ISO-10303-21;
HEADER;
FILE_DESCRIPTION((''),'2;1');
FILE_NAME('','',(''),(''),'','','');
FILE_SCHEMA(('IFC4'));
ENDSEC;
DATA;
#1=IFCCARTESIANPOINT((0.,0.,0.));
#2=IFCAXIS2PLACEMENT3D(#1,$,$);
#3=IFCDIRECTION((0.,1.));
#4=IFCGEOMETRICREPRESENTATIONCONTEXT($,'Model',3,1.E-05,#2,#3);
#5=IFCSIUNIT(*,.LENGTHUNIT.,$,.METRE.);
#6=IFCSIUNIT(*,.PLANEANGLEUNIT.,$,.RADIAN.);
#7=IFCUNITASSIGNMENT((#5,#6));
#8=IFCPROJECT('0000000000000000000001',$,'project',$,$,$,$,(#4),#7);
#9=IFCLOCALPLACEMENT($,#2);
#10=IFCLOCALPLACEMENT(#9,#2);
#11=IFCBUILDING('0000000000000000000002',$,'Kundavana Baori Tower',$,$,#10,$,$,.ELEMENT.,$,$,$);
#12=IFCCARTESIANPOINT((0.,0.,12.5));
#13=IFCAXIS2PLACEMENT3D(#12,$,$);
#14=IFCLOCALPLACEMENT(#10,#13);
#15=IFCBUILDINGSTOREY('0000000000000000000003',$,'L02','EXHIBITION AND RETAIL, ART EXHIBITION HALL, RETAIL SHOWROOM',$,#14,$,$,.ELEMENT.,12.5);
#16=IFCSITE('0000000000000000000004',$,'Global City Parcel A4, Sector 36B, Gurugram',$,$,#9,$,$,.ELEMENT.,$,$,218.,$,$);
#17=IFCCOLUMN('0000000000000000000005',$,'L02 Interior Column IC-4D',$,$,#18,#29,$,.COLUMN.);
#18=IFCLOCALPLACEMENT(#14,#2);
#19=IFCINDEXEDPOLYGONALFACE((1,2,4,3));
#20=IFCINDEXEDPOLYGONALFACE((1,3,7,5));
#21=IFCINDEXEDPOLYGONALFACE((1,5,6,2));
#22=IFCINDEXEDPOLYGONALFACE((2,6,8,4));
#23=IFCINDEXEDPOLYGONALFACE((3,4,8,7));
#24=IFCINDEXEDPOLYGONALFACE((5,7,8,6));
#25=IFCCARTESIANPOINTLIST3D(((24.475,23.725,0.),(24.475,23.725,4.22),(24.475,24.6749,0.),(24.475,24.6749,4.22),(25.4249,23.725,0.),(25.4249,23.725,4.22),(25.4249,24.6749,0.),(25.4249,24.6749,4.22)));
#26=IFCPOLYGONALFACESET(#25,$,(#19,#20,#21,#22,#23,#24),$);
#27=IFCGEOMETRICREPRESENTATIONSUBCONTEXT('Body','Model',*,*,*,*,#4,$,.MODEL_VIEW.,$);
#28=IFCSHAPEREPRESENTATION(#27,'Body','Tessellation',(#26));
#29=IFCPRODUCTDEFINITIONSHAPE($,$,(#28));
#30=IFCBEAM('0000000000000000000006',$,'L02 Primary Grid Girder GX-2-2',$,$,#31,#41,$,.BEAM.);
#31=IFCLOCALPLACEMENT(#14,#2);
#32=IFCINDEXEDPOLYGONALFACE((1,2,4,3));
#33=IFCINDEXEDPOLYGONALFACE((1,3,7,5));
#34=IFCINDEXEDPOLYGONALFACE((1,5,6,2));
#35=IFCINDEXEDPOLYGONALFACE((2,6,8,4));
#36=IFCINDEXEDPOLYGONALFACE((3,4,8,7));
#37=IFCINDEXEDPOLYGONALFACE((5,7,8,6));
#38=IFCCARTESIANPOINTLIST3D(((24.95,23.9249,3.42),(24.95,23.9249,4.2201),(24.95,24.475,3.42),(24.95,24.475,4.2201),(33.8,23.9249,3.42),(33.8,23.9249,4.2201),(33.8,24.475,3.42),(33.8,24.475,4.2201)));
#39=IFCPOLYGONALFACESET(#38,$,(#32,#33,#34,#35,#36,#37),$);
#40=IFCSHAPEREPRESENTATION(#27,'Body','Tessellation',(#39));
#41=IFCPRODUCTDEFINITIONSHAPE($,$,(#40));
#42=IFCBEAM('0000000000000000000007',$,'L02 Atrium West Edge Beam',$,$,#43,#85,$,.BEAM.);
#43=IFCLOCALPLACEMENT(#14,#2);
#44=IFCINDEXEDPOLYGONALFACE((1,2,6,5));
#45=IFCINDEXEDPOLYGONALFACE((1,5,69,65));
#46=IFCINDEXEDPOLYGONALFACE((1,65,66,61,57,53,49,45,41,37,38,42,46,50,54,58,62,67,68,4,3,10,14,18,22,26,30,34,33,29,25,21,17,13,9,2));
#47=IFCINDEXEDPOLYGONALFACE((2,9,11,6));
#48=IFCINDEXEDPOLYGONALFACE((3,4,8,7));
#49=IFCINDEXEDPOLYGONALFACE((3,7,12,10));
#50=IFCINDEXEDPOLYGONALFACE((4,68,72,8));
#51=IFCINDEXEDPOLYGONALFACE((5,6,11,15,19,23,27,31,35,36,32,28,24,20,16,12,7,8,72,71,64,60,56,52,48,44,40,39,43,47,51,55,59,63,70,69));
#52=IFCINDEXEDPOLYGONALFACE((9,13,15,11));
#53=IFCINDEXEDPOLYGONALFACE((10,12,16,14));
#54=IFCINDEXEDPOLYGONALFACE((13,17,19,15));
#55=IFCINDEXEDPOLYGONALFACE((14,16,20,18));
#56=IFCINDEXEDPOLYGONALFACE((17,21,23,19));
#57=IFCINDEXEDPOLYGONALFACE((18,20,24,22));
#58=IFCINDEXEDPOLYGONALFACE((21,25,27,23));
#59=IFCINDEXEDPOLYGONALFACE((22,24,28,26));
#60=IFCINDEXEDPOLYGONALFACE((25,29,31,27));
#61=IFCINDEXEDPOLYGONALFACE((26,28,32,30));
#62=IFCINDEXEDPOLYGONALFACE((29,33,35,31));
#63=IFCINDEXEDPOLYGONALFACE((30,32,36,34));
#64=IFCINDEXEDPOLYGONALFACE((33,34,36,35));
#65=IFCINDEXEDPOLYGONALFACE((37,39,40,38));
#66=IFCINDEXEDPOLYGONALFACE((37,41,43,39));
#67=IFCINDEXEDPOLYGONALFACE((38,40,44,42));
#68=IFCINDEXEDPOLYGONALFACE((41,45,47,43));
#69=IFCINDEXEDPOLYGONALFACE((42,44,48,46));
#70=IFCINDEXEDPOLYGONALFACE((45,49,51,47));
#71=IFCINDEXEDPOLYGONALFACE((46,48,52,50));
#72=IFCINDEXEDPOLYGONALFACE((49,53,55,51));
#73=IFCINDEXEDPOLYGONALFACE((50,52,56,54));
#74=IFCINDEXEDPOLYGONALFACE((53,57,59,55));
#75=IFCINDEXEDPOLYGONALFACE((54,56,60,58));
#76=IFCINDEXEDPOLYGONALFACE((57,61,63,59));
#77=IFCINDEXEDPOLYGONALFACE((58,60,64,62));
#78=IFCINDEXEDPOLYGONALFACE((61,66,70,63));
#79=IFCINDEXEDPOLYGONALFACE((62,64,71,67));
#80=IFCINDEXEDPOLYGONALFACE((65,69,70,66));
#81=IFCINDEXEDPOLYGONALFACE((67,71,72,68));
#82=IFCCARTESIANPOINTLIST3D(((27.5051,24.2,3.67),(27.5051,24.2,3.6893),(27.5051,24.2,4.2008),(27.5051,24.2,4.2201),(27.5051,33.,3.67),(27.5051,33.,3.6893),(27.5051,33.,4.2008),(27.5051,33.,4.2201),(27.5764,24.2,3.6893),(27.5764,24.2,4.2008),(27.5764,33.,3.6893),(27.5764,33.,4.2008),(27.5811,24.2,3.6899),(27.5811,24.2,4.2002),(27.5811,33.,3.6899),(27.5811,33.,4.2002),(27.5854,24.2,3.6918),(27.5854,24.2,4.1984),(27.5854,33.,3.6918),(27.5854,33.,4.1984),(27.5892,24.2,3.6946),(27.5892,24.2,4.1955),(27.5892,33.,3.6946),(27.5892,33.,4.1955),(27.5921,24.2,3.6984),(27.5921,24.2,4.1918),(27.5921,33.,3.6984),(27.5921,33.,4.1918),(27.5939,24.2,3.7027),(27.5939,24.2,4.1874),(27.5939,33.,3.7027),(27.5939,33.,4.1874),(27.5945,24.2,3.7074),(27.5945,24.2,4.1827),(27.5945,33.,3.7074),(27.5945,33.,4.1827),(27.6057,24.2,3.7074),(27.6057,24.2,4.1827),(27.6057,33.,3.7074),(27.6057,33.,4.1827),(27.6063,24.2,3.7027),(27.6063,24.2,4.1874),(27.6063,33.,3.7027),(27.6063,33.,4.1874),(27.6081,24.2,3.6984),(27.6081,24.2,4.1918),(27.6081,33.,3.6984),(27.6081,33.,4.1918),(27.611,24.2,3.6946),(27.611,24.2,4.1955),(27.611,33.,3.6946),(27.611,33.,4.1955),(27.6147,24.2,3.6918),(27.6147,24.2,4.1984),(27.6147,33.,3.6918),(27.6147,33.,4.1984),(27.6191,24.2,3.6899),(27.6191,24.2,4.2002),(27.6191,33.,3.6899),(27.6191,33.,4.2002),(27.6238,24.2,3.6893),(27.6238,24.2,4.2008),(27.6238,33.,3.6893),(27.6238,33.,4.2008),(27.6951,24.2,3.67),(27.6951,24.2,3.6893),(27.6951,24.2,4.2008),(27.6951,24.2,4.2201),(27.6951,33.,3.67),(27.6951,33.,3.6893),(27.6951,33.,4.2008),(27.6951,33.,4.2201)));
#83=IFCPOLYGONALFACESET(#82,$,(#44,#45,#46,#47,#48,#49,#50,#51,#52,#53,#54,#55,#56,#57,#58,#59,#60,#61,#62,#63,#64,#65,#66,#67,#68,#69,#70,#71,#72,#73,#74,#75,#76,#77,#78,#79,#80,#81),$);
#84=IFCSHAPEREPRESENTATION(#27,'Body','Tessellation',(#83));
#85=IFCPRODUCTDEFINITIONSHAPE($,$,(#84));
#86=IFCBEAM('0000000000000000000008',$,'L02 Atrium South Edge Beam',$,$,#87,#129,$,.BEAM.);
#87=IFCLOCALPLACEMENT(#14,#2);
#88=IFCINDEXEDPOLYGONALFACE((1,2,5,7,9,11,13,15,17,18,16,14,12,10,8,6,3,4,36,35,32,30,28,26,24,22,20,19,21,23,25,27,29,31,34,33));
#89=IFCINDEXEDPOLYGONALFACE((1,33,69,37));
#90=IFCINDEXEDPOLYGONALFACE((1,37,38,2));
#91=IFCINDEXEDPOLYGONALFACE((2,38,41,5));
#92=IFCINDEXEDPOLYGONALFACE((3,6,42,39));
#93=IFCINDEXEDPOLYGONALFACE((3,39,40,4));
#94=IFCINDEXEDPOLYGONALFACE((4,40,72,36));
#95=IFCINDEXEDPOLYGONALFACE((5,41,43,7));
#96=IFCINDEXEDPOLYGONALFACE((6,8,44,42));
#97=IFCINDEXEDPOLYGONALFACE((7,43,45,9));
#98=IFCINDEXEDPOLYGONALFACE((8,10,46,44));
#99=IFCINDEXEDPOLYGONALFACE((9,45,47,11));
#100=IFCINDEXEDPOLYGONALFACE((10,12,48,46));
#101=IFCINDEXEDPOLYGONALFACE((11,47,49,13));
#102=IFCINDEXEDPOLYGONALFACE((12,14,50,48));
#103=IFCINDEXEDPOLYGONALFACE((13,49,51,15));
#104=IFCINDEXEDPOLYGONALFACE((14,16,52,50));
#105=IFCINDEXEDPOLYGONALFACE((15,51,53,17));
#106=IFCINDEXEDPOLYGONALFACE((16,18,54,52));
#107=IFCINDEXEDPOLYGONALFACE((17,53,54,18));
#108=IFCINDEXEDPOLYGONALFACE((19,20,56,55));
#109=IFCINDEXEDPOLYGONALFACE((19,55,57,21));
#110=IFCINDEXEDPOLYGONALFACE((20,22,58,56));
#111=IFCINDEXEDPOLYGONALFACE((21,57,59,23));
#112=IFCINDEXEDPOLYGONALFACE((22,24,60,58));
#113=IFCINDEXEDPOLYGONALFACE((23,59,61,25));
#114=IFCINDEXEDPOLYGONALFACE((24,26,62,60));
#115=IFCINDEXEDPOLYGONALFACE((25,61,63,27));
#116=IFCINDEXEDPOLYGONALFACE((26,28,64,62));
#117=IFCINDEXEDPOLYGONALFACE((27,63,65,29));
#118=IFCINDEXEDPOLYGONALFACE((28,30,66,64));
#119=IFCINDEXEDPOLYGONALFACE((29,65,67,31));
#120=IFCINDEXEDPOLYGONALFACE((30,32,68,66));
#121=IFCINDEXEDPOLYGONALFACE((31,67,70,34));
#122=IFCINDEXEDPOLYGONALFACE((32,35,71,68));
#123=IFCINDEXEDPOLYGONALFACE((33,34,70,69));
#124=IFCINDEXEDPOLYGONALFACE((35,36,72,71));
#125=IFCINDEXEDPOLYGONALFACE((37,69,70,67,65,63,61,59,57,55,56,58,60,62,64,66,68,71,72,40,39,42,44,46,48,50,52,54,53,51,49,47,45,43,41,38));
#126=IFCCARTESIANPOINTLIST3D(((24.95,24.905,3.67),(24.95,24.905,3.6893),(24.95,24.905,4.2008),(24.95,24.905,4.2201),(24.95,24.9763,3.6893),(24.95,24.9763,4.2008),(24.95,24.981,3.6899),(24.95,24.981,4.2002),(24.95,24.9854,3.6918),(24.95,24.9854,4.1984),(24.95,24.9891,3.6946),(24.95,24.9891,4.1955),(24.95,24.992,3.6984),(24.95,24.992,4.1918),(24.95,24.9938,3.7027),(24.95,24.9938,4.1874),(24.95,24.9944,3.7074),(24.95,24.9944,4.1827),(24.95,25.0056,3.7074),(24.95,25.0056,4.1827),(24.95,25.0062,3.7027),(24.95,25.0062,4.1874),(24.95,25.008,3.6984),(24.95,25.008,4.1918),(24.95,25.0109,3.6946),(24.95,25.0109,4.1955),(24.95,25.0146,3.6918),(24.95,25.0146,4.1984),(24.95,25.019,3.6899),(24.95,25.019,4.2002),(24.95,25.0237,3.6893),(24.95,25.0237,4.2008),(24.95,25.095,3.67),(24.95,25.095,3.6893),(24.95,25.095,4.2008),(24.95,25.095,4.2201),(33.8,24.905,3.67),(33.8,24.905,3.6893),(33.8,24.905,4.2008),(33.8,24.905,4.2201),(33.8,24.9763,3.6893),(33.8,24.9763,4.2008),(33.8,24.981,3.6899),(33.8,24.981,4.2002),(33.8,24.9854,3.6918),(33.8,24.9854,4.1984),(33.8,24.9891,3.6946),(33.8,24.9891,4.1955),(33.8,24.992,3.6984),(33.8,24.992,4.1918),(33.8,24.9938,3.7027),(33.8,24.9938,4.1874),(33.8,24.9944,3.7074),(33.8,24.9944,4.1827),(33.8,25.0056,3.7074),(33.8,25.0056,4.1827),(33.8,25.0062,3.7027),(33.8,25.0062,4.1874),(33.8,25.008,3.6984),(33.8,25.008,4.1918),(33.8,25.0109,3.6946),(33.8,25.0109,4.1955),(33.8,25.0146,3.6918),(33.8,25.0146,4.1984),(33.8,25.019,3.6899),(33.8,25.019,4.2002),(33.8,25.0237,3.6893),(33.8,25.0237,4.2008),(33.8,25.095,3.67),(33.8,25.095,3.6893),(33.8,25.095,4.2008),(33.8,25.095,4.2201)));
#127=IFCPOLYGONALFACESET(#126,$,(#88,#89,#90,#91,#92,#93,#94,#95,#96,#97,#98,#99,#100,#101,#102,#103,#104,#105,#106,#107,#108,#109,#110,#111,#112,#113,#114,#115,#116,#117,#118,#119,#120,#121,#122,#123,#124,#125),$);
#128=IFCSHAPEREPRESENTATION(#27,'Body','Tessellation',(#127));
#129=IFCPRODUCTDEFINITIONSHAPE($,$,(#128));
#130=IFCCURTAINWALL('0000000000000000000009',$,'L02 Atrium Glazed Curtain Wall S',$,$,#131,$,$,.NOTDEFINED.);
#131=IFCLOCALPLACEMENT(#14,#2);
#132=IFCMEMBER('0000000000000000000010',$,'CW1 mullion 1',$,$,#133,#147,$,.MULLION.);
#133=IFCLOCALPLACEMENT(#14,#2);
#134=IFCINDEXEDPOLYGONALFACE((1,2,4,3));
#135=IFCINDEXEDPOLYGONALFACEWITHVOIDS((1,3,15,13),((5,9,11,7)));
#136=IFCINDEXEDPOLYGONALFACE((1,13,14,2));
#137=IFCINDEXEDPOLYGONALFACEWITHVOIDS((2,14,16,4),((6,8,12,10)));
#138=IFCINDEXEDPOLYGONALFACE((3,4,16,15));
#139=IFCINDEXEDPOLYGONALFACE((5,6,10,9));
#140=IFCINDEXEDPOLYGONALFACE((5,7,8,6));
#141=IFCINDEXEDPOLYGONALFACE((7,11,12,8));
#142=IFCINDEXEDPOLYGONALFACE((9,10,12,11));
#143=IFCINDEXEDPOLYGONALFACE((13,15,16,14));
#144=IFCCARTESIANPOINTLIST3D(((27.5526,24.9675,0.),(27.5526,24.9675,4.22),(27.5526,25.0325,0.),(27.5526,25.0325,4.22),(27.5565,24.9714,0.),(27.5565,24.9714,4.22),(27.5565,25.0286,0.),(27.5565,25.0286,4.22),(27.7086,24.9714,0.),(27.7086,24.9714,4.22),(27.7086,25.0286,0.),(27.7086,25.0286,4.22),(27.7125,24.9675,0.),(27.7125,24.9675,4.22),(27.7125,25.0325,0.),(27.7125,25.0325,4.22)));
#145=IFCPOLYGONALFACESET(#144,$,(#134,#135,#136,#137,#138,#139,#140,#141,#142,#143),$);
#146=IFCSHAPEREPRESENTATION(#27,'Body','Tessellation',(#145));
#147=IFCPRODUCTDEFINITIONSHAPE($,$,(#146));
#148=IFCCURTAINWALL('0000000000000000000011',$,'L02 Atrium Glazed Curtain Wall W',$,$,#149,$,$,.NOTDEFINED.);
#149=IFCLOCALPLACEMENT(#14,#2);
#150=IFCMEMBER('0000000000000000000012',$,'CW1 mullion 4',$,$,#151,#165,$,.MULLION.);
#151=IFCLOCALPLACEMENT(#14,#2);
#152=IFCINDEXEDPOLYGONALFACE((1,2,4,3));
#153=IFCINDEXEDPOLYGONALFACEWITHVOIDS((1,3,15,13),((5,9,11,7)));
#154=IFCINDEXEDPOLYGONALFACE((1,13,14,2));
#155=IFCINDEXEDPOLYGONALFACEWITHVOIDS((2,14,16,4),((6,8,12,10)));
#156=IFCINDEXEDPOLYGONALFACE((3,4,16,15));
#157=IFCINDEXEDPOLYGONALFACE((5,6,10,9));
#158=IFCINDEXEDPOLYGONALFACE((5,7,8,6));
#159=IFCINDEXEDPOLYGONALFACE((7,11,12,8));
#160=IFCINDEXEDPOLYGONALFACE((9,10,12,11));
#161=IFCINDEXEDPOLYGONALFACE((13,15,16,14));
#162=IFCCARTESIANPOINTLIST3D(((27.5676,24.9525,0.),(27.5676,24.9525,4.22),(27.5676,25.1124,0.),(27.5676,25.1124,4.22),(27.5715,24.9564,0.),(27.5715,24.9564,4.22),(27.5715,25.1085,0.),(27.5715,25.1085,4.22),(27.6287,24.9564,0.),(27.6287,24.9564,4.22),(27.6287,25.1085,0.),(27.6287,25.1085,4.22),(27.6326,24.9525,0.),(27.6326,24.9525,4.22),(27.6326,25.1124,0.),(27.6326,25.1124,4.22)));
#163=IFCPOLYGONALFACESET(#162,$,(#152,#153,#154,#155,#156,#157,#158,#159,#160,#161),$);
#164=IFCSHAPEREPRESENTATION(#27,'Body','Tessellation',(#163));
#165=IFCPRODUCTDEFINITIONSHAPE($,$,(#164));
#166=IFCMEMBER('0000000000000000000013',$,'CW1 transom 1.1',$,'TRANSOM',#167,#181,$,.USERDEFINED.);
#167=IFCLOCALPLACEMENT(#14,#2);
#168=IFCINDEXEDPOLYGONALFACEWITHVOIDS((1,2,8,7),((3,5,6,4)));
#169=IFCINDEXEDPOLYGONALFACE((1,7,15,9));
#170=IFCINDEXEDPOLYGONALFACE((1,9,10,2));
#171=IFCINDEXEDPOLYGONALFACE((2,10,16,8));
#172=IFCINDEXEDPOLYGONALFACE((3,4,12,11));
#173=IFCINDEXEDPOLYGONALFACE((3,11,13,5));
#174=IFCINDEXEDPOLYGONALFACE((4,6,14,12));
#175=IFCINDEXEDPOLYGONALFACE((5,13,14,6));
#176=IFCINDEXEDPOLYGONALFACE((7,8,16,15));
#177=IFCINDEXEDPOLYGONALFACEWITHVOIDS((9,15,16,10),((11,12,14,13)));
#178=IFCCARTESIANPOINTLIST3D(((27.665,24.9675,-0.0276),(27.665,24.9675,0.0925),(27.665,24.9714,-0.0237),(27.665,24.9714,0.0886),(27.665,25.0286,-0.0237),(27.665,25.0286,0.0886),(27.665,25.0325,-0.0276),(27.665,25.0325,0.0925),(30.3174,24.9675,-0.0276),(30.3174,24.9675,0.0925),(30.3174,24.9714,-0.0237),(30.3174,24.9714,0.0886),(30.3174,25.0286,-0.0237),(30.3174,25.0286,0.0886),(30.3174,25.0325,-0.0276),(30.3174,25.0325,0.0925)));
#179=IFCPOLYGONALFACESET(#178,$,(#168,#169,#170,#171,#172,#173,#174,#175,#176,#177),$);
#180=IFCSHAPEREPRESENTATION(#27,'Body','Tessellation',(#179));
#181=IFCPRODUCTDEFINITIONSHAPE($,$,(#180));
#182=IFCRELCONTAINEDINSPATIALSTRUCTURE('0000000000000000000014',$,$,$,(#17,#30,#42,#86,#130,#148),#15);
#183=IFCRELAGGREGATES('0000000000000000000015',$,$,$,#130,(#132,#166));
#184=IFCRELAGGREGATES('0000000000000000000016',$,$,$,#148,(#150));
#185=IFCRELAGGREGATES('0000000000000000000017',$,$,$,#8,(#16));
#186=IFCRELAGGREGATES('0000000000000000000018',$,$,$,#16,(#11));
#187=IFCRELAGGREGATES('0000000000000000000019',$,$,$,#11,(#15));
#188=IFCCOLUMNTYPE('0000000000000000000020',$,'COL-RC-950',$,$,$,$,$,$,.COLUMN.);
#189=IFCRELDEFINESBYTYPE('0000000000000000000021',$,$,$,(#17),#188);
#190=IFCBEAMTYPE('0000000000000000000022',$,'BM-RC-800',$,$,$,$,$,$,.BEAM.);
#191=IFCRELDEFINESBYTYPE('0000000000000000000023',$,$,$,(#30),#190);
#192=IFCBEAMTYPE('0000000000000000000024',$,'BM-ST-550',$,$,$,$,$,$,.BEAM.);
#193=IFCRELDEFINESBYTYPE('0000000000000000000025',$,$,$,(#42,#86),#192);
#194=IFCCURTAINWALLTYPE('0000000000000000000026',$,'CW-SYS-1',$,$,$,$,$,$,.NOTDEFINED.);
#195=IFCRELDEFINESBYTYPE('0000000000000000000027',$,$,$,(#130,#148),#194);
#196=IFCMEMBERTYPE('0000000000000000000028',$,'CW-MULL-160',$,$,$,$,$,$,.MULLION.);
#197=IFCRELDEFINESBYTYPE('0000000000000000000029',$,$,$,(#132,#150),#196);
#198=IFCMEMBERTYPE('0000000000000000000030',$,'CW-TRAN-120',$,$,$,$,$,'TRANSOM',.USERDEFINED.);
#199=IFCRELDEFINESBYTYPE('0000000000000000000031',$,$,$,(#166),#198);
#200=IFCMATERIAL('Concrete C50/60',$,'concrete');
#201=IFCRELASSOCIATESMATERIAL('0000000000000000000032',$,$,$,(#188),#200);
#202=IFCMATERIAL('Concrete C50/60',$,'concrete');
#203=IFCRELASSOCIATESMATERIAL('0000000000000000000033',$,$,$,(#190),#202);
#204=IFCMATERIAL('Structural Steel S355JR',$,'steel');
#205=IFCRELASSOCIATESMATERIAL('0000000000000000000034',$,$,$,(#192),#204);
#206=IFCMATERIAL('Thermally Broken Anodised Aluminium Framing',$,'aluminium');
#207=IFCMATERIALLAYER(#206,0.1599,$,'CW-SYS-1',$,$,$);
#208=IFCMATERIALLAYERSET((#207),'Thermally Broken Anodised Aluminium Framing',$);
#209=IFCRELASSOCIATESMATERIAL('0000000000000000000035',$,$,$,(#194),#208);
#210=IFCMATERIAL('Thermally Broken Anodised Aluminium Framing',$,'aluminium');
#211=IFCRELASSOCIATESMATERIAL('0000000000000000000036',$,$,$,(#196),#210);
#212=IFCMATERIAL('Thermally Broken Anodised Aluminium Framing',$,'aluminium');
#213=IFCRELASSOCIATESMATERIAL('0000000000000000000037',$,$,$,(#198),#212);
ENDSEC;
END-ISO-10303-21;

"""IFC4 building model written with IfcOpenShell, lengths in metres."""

from ifc_helpers import new_model, si_unit, direction, frame, origin, origin_2d, place, context, subcontext, project, spatial, rectangle, hollow_rectangle, i_section, extrude, material, layer, layer_set, material_profile, profile_set, type_object, element, aggregate, save


model = new_model("IFC4")

# Units and contexts
model_context = context("Model", 3, precision=1e-05, world=origin(), true_north=direction((0.0, 1.0)))
body_context = subcontext(model_context, "Body", "Model", "MODEL_VIEW")
ifc_project = project(units=[si_unit("LENGTHUNIT", "METRE"), si_unit("PLANEANGLEUNIT", "RADIAN")], contexts=[model_context])

# Site, building, storey
site_placement = place(None, origin())
site = spatial("IfcSite", under=ifc_project, at=site_placement, Name="Global City Parcel A4, Sector 36B, Gurugram", CompositionType="ELEMENT", RefElevation=218.0)
building_placement = place(site_placement, origin())
building = spatial("IfcBuilding", under=site, at=building_placement, Name="Kundavana Baori Tower", CompositionType="ELEMENT")
storey_placement = place(building_placement, frame((0.0, 0.0, 12.5)))
storey = spatial("IfcBuildingStorey", under=building, at=storey_placement, Name="L02", Description="EXHIBITION AND RETAIL, ART EXHIBITION HALL, RETAIL SHOWROOM", CompositionType="ELEMENT", Elevation=12.5)

# Column
ifc_material_1 = material(Name="Concrete C50/60", Category="concrete")
ifc_material_profile_1 = material_profile(ifc_material_1, rectangle(XDim=0.95, YDim=0.95, at=origin_2d()), Name="RC 950x950")
ifc_profile_set_1 = profile_set([ifc_material_profile_1], Name="Concrete C50/60")
column_type = type_object("IfcColumnType", Name="COL-RC-950", PredefinedType="COLUMN", material=ifc_profile_set_1)
column_placement = place(storey_placement, frame((24.95, 24.2, 0.0), z_axis=(0.0, 0.0, 1.0), x_axis=(1.0, 0.0, 0.0)))
element("IfcColumn", 1, at=column_placement, inside=storey, type_object=column_type, Name="L02 Interior Column IC-4D", PredefinedType="COLUMN", context=body_context, shape_type="SweptSolid", body=[
    extrude(rectangle(XDim=0.95, YDim=0.95, at=origin_2d()), origin(), (0.0, 0.0, 1.0), 4.22),
])

# Beams
ifc_material_2 = material(Name="Concrete C50/60", Category="concrete")
ifc_material_profile_2 = material_profile(ifc_material_2, rectangle(XDim=0.55, YDim=0.8, at=origin_2d()), Name="RC BM 550x800")
ifc_profile_set_2 = profile_set([ifc_material_profile_2], Name="Concrete C50/60")
beam_type_1 = type_object("IfcBeamType", Name="BM-RC-800", PredefinedType="BEAM", material=ifc_profile_set_2)
beam_1_placement = place(storey_placement, frame((24.95, 24.2, 3.8201), z_axis=(1.0, 0.0, 0.0), x_axis=(0.0, 1.0, 0.0)))
element("IfcBeam", 2, at=beam_1_placement, inside=storey, type_object=beam_type_1, Name="L02 Primary Grid Girder GX-2-2", PredefinedType="BEAM", context=body_context, shape_type="SweptSolid", body=[
    extrude(rectangle(XDim=0.55, YDim=0.8, at=origin_2d()), origin(), (0.0, 0.0, 1.0), 8.8501),
])
ifc_material_3 = material(Name="Structural Steel S355JR", Category="steel")
ifc_material_profile_3 = material_profile(ifc_material_3, i_section(OverallWidth=0.1899, OverallDepth=0.55, WebThickness=0.0112, FlangeThickness=0.0193, FilletRadius=0.0181, at=origin_2d()), Name="ISMB 550")
ifc_profile_set_3 = profile_set([ifc_material_profile_3], Name="Structural Steel S355JR")
beam_type_2 = type_object("IfcBeamType", Name="BM-ST-550", PredefinedType="BEAM", material=ifc_profile_set_3)
beam_2_placement = place(storey_placement, frame((27.6001, 24.2, 3.9451), z_axis=(0.0, 1.0, 0.0), x_axis=(-1.0, 0.0, 0.0)))
element("IfcBeam", 3, at=beam_2_placement, inside=storey, type_object=beam_type_2, Name="L02 Atrium West Edge Beam", PredefinedType="BEAM", context=body_context, shape_type="SweptSolid", body=[
    extrude(i_section(OverallWidth=0.1899, OverallDepth=0.55, WebThickness=0.0112, FlangeThickness=0.0193, FilletRadius=0.0181, at=origin_2d()), origin(), (0.0, 0.0, 1.0), 8.8),
])
beam_3_placement = place(storey_placement, frame((24.95, 25.0, 3.9451), z_axis=(1.0, 0.0, 0.0), x_axis=(0.0, 1.0, 0.0)))
element("IfcBeam", 4, at=beam_3_placement, inside=storey, type_object=beam_type_2, Name="L02 Atrium South Edge Beam", PredefinedType="BEAM", context=body_context, shape_type="SweptSolid", body=[
    extrude(i_section(OverallWidth=0.1899, OverallDepth=0.55, WebThickness=0.0112, FlangeThickness=0.0193, FilletRadius=0.0181, at=origin_2d()), origin(), (0.0, 0.0, 1.0), 8.8501),
])

# Curtain walls, members
ifc_material_4 = material(Name="Thermally Broken Anodised Aluminium Framing", Category="aluminium")
ifc_layer_1 = layer(ifc_material_4, 0.1599, Name="CW-SYS-1")
ifc_layer_set_1 = layer_set([ifc_layer_1], Name="Thermally Broken Anodised Aluminium Framing")
curtain_wall_type = type_object("IfcCurtainWallType", Name="CW-SYS-1", PredefinedType="NOTDEFINED", material=ifc_layer_set_1)
curtain_wall_1_placement = place(storey_placement, origin())
curtain_wall_1 = element("IfcCurtainWall", 5, at=curtain_wall_1_placement, inside=storey, type_object=curtain_wall_type, Name="L02 Atrium Glazed Curtain Wall S", PredefinedType="NOTDEFINED")
ifc_material_5 = material(Name="Thermally Broken Anodised Aluminium Framing", Category="aluminium")
ifc_material_profile_4 = material_profile(ifc_material_5, hollow_rectangle(XDim=0.0649, YDim=0.1599, WallThickness=0.0039, at=origin_2d()), Name="CW-MULL-160")
ifc_profile_set_4 = profile_set([ifc_material_profile_4], Name="Thermally Broken Anodised Aluminium Framing")
member_type_1 = type_object("IfcMemberType", Name="CW-MULL-160", PredefinedType="MULLION", material=ifc_profile_set_4)
member_1_placement = place(storey_placement, frame((27.6326, 25.0, 0.0), z_axis=(0.0, 0.0, 1.0), x_axis=(0.0, 1.0, 0.0)))
member_1 = element("IfcMember", 6, at=member_1_placement, type_object=member_type_1, Name="CW1 mullion 1", PredefinedType="MULLION", context=body_context, shape_type="SweptSolid", body=[
    extrude(hollow_rectangle(XDim=0.0649, YDim=0.1599, WallThickness=0.0039, at=origin_2d()), origin(), (0.0, 0.0, 1.0), 4.22),
])
curtain_wall_2_placement = place(storey_placement, origin())
curtain_wall_2 = element("IfcCurtainWall", 7, at=curtain_wall_2_placement, inside=storey, type_object=curtain_wall_type, Name="L02 Atrium Glazed Curtain Wall W", PredefinedType="NOTDEFINED")
member_2_placement = place(storey_placement, frame((27.6001, 25.0325, 0.0), z_axis=(0.0, 0.0, 1.0), x_axis=(1.0, 0.0, 0.0)))
member_2 = element("IfcMember", 8, at=member_2_placement, type_object=member_type_1, Name="CW1 mullion 4", PredefinedType="MULLION", context=body_context, shape_type="SweptSolid", body=[
    extrude(hollow_rectangle(XDim=0.0649, YDim=0.1599, WallThickness=0.0039, at=origin_2d()), origin(), (0.0, 0.0, 1.0), 4.22),
])

# Member
ifc_material_6 = material(Name="Thermally Broken Anodised Aluminium Framing", Category="aluminium")
ifc_material_profile_5 = material_profile(ifc_material_6, hollow_rectangle(XDim=0.0649, YDim=0.1201, WallThickness=0.0039, at=origin_2d()), Name="CW-TRAN-120")
ifc_profile_set_5 = profile_set([ifc_material_profile_5], Name="Thermally Broken Anodised Aluminium Framing")
member_type_2 = type_object("IfcMemberType", Name="CW-TRAN-120", ElementType="TRANSOM", PredefinedType="USERDEFINED", material=ifc_profile_set_5)
member_3_placement = place(storey_placement, frame((27.665, 25.0, 0.0325), z_axis=(1.0, 0.0, 0.0), x_axis=(0.0, 1.0, 0.0)))
member_3 = element("IfcMember", 9, at=member_3_placement, type_object=member_type_2, Name="CW1 transom 1.1", ObjectType="TRANSOM", PredefinedType="USERDEFINED", context=body_context, shape_type="SweptSolid", body=[
    extrude(hollow_rectangle(XDim=0.0649, YDim=0.1201, WallThickness=0.0039, at=origin_2d()), origin(), (0.0, 0.0, 1.0), 2.6523),
])
aggregate(curtain_wall_1, [member_1, member_3])

aggregate(curtain_wall_2, [member_2])

save(model, "model.ifc")
